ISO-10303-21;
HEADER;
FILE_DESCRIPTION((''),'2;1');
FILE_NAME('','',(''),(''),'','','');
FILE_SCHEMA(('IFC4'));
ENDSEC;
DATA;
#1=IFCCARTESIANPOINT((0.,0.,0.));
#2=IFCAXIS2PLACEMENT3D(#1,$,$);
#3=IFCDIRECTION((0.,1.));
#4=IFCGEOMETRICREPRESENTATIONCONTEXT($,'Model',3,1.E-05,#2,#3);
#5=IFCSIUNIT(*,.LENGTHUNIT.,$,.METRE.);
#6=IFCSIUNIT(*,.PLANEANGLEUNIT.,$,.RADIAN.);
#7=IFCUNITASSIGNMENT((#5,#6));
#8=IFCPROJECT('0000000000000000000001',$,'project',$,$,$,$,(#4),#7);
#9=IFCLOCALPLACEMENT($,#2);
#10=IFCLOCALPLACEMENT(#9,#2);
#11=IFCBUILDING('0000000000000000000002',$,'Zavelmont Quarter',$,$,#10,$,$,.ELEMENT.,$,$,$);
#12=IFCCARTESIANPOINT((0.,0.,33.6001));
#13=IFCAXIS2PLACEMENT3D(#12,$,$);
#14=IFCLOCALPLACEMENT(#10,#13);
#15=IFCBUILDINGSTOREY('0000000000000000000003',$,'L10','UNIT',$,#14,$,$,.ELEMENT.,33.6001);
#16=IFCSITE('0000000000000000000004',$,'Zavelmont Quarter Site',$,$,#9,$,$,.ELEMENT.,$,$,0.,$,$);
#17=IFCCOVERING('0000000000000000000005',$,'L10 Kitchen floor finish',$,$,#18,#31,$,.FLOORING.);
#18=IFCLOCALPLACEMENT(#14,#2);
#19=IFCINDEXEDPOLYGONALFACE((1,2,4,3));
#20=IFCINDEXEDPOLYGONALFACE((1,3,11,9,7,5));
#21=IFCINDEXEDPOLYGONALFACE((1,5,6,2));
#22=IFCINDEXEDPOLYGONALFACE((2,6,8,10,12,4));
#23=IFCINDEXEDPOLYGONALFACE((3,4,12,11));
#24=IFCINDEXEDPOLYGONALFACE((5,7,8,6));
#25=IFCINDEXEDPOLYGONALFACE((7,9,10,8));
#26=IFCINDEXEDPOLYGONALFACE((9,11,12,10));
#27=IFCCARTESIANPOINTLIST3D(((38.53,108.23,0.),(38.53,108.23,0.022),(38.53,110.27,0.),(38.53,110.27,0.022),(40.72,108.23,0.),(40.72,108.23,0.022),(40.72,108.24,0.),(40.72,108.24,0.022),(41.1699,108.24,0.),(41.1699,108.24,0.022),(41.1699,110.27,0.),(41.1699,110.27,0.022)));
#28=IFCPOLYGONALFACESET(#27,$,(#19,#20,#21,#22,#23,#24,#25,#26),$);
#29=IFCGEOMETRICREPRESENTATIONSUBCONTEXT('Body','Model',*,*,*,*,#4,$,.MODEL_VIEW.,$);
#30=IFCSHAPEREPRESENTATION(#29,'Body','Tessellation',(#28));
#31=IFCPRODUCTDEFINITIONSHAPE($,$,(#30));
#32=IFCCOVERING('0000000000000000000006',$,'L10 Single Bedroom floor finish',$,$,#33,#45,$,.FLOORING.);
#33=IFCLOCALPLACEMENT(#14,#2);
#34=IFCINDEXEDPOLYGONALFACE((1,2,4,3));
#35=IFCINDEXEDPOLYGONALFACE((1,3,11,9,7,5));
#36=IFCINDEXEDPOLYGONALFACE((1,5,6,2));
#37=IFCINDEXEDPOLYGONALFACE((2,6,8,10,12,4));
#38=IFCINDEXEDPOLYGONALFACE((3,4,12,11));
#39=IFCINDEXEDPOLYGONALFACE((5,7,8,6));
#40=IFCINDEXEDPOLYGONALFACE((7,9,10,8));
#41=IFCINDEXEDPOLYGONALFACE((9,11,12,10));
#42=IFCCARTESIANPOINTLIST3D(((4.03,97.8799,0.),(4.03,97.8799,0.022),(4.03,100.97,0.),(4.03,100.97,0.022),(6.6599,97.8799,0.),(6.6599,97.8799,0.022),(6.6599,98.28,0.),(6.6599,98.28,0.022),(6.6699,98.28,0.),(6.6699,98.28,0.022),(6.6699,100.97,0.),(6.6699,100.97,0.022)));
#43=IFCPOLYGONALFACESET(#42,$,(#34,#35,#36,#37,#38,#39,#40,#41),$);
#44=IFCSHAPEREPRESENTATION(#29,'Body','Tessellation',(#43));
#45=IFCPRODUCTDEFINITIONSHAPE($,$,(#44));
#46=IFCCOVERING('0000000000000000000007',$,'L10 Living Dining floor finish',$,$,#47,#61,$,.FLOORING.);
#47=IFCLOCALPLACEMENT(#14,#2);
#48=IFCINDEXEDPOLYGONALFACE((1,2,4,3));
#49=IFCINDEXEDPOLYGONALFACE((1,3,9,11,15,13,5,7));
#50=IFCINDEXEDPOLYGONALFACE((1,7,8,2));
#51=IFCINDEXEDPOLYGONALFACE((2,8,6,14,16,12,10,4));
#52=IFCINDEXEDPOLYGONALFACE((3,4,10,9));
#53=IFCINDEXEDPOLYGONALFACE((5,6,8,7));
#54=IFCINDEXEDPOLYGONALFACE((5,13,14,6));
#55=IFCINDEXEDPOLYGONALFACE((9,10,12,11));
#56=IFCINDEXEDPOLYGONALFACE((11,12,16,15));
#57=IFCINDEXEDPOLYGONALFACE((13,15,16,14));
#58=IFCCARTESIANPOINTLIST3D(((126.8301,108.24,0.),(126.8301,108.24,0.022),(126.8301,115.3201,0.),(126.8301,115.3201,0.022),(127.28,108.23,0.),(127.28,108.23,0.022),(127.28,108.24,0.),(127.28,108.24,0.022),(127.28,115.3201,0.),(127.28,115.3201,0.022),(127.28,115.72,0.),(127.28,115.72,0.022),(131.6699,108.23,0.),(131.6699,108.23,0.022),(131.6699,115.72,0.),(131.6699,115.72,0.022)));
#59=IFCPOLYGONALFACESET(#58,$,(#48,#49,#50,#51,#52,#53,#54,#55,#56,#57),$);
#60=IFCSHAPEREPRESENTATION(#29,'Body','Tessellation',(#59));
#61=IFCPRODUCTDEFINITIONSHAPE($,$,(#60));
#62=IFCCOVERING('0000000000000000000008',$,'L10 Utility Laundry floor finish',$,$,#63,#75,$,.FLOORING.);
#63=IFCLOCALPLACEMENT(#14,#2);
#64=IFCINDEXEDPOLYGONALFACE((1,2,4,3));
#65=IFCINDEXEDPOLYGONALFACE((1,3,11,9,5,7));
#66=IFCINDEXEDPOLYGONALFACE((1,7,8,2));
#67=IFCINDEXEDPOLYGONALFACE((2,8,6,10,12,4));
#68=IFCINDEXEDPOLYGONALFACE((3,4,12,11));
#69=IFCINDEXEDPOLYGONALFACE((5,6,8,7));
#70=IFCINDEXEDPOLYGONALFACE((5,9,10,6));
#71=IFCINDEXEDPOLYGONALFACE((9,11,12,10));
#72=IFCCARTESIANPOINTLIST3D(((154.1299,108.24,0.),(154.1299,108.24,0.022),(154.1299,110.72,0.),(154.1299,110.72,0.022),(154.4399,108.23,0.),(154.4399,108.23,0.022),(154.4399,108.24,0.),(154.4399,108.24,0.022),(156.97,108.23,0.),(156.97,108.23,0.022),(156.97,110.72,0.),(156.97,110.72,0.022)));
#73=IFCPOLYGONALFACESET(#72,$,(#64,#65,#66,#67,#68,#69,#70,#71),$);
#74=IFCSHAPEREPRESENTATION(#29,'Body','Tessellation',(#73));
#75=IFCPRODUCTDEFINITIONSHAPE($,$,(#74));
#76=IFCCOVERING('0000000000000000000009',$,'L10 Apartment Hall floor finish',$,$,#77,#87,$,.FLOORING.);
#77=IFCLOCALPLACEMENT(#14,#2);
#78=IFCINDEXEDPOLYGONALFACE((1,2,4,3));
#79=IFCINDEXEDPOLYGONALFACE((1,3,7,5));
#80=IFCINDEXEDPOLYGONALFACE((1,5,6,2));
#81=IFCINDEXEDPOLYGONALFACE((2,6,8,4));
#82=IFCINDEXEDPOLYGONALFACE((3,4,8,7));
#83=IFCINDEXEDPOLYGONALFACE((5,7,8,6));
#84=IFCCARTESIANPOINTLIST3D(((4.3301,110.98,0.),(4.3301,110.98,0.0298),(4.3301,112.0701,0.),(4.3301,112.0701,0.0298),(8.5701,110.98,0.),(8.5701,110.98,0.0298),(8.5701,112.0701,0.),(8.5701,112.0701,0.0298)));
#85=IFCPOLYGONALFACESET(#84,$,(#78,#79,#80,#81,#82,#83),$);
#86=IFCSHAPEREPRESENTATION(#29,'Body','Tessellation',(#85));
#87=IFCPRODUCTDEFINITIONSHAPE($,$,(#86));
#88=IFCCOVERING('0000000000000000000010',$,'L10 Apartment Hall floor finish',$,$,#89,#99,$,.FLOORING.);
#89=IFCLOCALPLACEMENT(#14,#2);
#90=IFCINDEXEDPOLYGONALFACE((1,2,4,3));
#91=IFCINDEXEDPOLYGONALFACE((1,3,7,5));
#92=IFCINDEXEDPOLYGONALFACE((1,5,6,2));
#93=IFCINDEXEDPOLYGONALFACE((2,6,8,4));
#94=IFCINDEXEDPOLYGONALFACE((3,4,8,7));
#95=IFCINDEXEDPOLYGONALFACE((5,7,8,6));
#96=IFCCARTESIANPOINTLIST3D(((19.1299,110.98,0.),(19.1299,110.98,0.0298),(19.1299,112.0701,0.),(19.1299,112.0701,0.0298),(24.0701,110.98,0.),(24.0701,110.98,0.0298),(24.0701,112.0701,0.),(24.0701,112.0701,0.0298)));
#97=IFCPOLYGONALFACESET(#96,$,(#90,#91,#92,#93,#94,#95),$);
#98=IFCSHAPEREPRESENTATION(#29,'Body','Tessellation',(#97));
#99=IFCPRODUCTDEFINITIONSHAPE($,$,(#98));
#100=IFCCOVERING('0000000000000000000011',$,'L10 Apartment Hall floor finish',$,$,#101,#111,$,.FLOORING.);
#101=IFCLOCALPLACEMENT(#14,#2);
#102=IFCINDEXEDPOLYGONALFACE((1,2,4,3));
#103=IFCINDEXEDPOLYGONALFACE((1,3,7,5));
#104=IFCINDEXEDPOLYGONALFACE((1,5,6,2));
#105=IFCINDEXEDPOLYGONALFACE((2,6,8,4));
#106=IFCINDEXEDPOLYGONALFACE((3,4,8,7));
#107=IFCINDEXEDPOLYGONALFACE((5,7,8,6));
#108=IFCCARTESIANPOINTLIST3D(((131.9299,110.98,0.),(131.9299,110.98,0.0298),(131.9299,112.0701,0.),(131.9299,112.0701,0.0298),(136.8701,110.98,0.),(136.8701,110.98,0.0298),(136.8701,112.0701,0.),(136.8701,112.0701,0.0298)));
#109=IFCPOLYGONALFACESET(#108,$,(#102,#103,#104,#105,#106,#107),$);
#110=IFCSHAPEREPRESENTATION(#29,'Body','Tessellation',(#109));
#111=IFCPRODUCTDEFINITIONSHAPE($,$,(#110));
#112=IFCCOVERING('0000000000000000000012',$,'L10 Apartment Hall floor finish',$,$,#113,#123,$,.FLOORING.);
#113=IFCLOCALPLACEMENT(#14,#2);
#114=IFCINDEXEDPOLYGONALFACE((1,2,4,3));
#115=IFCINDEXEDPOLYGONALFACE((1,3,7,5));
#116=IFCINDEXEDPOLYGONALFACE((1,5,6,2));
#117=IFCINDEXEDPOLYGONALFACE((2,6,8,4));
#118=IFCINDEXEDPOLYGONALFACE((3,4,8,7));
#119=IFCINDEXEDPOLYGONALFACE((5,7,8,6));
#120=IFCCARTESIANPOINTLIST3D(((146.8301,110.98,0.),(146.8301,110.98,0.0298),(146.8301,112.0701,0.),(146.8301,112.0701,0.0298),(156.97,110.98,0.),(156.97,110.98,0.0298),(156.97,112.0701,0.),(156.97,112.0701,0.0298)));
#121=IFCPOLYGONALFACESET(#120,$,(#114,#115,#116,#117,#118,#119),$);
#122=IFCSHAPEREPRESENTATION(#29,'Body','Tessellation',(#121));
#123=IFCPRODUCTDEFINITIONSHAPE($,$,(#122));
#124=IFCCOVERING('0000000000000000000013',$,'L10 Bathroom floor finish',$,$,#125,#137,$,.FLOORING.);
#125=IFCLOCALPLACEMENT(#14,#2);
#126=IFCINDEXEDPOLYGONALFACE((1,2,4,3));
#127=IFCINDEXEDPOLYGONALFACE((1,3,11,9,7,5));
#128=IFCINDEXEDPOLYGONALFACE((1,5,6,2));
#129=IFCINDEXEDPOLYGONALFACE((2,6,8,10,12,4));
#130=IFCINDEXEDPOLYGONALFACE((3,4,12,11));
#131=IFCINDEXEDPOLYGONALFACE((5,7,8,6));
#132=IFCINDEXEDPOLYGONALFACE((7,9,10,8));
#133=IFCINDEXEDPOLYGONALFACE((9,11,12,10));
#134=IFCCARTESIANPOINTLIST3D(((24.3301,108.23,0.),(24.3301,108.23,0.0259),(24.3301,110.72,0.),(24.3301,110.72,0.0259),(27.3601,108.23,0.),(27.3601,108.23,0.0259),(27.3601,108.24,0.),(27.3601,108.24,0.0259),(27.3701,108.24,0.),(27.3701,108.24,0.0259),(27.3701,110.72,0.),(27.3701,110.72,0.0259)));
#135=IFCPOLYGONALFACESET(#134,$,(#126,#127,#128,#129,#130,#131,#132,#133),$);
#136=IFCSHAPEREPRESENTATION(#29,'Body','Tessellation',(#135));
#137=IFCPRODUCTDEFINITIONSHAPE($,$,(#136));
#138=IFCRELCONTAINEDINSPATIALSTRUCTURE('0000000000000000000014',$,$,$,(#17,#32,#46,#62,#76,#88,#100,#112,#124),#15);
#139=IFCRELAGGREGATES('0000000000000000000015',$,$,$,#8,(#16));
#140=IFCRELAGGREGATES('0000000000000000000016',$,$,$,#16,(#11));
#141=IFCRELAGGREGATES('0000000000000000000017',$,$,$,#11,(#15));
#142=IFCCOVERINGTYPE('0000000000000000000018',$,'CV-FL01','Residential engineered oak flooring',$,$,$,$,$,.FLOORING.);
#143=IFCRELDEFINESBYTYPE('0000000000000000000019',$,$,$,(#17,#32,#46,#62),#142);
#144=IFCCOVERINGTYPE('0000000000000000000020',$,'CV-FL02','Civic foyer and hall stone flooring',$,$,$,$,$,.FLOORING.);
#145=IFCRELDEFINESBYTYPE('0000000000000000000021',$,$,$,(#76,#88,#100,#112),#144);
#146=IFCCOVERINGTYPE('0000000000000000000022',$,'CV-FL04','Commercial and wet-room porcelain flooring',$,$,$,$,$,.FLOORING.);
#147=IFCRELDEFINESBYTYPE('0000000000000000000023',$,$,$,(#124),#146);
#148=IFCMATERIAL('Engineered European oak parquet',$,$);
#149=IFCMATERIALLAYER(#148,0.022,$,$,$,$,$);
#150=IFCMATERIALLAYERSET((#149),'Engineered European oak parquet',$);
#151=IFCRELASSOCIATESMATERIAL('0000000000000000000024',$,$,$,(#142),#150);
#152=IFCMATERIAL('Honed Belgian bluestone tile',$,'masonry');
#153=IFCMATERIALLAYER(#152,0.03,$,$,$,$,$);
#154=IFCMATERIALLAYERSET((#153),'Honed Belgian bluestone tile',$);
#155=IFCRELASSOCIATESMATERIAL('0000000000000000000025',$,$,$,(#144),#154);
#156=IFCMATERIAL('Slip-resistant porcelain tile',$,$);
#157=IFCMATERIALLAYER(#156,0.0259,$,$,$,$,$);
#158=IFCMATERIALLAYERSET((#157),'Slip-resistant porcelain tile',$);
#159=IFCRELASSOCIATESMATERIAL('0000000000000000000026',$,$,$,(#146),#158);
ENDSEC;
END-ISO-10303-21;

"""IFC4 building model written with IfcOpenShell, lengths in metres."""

from ifc_helpers import new_model, si_unit, direction, frame, origin, place, context, subcontext, project, spatial, polyline, outline, extrude, material, layer, layer_set, type_object, element, save


model = new_model("IFC4")

# Units and contexts
model_context = context("Model", 3, precision=1e-05, world=origin(), true_north=direction((0.0, 1.0)))
body_context = subcontext(model_context, "Body", "Model", "MODEL_VIEW")
ifc_project = project(units=[si_unit("LENGTHUNIT", "METRE"), si_unit("PLANEANGLEUNIT", "RADIAN")], contexts=[model_context])

# Site, building, storey
site_placement = place(None, origin())
site = spatial("IfcSite", under=ifc_project, at=site_placement, Name="Zavelmont Quarter Site", CompositionType="ELEMENT", RefElevation=0.0)
building_placement = place(site_placement, origin())
building = spatial("IfcBuilding", under=site, at=building_placement, Name="Zavelmont Quarter", CompositionType="ELEMENT")
storey_placement = place(building_placement, frame((0.0, 0.0, 33.6001)))
storey = spatial("IfcBuildingStorey", under=building, at=storey_placement, Name="L10", Description="UNIT", CompositionType="ELEMENT", Elevation=33.6001)

# Coverings
ifc_material_1 = material(Name="Engineered European oak parquet")
ifc_layer_1 = layer(ifc_material_1, 0.022)
ifc_layer_set_1 = layer_set([ifc_layer_1], Name="Engineered European oak parquet")
covering_type_1 = type_object("IfcCoveringType", Name="CV-FL01", Description="Residential engineered oak flooring", PredefinedType="FLOORING", material=ifc_layer_set_1)
covering_1_placement = place(storey_placement, origin())
element("IfcCovering", 1, at=covering_1_placement, inside=storey, type_object=covering_type_1, Name="L10 Kitchen floor finish", PredefinedType="FLOORING", context=body_context, shape_type="SweptSolid", body=[
    extrude(outline(polyline([(38.53, 110.27), (41.1699, 110.27), (41.1699, 108.24), (40.72, 108.24), (40.72, 108.23), (38.53, 108.23), (38.53, 110.27)])), origin(), (0.0, 0.0, 1.0), 0.022),
])
covering_2_placement = place(storey_placement, origin())
element("IfcCovering", 2, at=covering_2_placement, inside=storey, type_object=covering_type_1, Name="L10 Single Bedroom floor finish", PredefinedType="FLOORING", context=body_context, shape_type="SweptSolid", body=[
    extrude(outline(polyline([(4.03, 100.97), (6.6699, 100.97), (6.6699, 98.28), (6.6599, 98.28), (6.6599, 97.8799), (4.03, 97.8799), (4.03, 100.97)])), origin(), (0.0, 0.0, 1.0), 0.022),
])
covering_3_placement = place(storey_placement, origin())
element("IfcCovering", 3, at=covering_3_placement, inside=storey, type_object=covering_type_1, Name="L10 Living Dining floor finish", PredefinedType="FLOORING", context=body_context, shape_type="SweptSolid", body=[
    extrude(outline(polyline([(126.8301, 115.3201), (127.28, 115.3201), (127.28, 115.72), (131.6699, 115.72), (131.6699, 108.23), (127.28, 108.23), (127.28, 108.24), (126.8301, 108.24), (126.8301, 115.3201)])), origin(), (0.0, 0.0, 1.0), 0.022),
])
covering_4_placement = place(storey_placement, origin())
element("IfcCovering", 4, at=covering_4_placement, inside=storey, type_object=covering_type_1, Name="L10 Utility Laundry floor finish", PredefinedType="FLOORING", context=body_context, shape_type="SweptSolid", body=[
    extrude(outline(polyline([(154.1299, 110.72), (156.97, 110.72), (156.97, 108.23), (154.4399, 108.23), (154.4399, 108.24), (154.1299, 108.24), (154.1299, 110.72)])), origin(), (0.0, 0.0, 1.0), 0.022),
])
ifc_material_2 = material(Name="Honed Belgian bluestone tile", Category="masonry")
ifc_layer_2 = layer(ifc_material_2, 0.03)
ifc_layer_set_2 = layer_set([ifc_layer_2], Name="Honed Belgian bluestone tile")
covering_type_2 = type_object("IfcCoveringType", Name="CV-FL02", Description="Civic foyer and hall stone flooring", PredefinedType="FLOORING", material=ifc_layer_set_2)
covering_5_placement = place(storey_placement, origin())
element("IfcCovering", 5, at=covering_5_placement, inside=storey, type_object=covering_type_2, Name="L10 Apartment Hall floor finish", PredefinedType="FLOORING", context=body_context, shape_type="SweptSolid", body=[
    extrude(outline(polyline([(4.3301, 112.0701), (8.5701, 112.0701), (8.5701, 110.98), (4.3301, 110.98), (4.3301, 112.0701)])), origin(), (0.0, 0.0, 1.0), 0.0298),
])
covering_6_placement = place(storey_placement, origin())
element("IfcCovering", 6, at=covering_6_placement, inside=storey, type_object=covering_type_2, Name="L10 Apartment Hall floor finish", PredefinedType="FLOORING", context=body_context, shape_type="SweptSolid", body=[
    extrude(outline(polyline([(19.1299, 112.0701), (24.0701, 112.0701), (24.0701, 110.98), (19.1299, 110.98), (19.1299, 112.0701)])), origin(), (0.0, 0.0, 1.0), 0.0298),
])
covering_7_placement = place(storey_placement, origin())
element("IfcCovering", 7, at=covering_7_placement, inside=storey, type_object=covering_type_2, Name="L10 Apartment Hall floor finish", PredefinedType="FLOORING", context=body_context, shape_type="SweptSolid", body=[
    extrude(outline(polyline([(131.9299, 112.0701), (136.8701, 112.0701), (136.8701, 110.98), (131.9299, 110.98), (131.9299, 112.0701)])), origin(), (0.0, 0.0, 1.0), 0.0298),
])
covering_8_placement = place(storey_placement, origin())
element("IfcCovering", 8, at=covering_8_placement, inside=storey, type_object=covering_type_2, Name="L10 Apartment Hall floor finish", PredefinedType="FLOORING", context=body_context, shape_type="SweptSolid", body=[
    extrude(outline(polyline([(146.8301, 112.0701), (156.97, 112.0701), (156.97, 110.98), (146.8301, 110.98), (146.8301, 112.0701)])), origin(), (0.0, 0.0, 1.0), 0.0298),
])
ifc_material_3 = material(Name="Slip-resistant porcelain tile")
ifc_layer_3 = layer(ifc_material_3, 0.0259)
ifc_layer_set_3 = layer_set([ifc_layer_3], Name="Slip-resistant porcelain tile")
covering_type_3 = type_object("IfcCoveringType", Name="CV-FL04", Description="Commercial and wet-room porcelain flooring", PredefinedType="FLOORING", material=ifc_layer_set_3)
covering_9_placement = place(storey_placement, origin())
element("IfcCovering", 9, at=covering_9_placement, inside=storey, type_object=covering_type_3, Name="L10 Bathroom floor finish", PredefinedType="FLOORING", context=body_context, shape_type="SweptSolid", body=[
    extrude(outline(polyline([(24.3301, 110.72), (27.3701, 110.72), (27.3701, 108.24), (27.3601, 108.24), (27.3601, 108.23), (24.3301, 108.23), (24.3301, 110.72)])), origin(), (0.0, 0.0, 1.0), 0.0259),
])

save(model, "model.ifc")
